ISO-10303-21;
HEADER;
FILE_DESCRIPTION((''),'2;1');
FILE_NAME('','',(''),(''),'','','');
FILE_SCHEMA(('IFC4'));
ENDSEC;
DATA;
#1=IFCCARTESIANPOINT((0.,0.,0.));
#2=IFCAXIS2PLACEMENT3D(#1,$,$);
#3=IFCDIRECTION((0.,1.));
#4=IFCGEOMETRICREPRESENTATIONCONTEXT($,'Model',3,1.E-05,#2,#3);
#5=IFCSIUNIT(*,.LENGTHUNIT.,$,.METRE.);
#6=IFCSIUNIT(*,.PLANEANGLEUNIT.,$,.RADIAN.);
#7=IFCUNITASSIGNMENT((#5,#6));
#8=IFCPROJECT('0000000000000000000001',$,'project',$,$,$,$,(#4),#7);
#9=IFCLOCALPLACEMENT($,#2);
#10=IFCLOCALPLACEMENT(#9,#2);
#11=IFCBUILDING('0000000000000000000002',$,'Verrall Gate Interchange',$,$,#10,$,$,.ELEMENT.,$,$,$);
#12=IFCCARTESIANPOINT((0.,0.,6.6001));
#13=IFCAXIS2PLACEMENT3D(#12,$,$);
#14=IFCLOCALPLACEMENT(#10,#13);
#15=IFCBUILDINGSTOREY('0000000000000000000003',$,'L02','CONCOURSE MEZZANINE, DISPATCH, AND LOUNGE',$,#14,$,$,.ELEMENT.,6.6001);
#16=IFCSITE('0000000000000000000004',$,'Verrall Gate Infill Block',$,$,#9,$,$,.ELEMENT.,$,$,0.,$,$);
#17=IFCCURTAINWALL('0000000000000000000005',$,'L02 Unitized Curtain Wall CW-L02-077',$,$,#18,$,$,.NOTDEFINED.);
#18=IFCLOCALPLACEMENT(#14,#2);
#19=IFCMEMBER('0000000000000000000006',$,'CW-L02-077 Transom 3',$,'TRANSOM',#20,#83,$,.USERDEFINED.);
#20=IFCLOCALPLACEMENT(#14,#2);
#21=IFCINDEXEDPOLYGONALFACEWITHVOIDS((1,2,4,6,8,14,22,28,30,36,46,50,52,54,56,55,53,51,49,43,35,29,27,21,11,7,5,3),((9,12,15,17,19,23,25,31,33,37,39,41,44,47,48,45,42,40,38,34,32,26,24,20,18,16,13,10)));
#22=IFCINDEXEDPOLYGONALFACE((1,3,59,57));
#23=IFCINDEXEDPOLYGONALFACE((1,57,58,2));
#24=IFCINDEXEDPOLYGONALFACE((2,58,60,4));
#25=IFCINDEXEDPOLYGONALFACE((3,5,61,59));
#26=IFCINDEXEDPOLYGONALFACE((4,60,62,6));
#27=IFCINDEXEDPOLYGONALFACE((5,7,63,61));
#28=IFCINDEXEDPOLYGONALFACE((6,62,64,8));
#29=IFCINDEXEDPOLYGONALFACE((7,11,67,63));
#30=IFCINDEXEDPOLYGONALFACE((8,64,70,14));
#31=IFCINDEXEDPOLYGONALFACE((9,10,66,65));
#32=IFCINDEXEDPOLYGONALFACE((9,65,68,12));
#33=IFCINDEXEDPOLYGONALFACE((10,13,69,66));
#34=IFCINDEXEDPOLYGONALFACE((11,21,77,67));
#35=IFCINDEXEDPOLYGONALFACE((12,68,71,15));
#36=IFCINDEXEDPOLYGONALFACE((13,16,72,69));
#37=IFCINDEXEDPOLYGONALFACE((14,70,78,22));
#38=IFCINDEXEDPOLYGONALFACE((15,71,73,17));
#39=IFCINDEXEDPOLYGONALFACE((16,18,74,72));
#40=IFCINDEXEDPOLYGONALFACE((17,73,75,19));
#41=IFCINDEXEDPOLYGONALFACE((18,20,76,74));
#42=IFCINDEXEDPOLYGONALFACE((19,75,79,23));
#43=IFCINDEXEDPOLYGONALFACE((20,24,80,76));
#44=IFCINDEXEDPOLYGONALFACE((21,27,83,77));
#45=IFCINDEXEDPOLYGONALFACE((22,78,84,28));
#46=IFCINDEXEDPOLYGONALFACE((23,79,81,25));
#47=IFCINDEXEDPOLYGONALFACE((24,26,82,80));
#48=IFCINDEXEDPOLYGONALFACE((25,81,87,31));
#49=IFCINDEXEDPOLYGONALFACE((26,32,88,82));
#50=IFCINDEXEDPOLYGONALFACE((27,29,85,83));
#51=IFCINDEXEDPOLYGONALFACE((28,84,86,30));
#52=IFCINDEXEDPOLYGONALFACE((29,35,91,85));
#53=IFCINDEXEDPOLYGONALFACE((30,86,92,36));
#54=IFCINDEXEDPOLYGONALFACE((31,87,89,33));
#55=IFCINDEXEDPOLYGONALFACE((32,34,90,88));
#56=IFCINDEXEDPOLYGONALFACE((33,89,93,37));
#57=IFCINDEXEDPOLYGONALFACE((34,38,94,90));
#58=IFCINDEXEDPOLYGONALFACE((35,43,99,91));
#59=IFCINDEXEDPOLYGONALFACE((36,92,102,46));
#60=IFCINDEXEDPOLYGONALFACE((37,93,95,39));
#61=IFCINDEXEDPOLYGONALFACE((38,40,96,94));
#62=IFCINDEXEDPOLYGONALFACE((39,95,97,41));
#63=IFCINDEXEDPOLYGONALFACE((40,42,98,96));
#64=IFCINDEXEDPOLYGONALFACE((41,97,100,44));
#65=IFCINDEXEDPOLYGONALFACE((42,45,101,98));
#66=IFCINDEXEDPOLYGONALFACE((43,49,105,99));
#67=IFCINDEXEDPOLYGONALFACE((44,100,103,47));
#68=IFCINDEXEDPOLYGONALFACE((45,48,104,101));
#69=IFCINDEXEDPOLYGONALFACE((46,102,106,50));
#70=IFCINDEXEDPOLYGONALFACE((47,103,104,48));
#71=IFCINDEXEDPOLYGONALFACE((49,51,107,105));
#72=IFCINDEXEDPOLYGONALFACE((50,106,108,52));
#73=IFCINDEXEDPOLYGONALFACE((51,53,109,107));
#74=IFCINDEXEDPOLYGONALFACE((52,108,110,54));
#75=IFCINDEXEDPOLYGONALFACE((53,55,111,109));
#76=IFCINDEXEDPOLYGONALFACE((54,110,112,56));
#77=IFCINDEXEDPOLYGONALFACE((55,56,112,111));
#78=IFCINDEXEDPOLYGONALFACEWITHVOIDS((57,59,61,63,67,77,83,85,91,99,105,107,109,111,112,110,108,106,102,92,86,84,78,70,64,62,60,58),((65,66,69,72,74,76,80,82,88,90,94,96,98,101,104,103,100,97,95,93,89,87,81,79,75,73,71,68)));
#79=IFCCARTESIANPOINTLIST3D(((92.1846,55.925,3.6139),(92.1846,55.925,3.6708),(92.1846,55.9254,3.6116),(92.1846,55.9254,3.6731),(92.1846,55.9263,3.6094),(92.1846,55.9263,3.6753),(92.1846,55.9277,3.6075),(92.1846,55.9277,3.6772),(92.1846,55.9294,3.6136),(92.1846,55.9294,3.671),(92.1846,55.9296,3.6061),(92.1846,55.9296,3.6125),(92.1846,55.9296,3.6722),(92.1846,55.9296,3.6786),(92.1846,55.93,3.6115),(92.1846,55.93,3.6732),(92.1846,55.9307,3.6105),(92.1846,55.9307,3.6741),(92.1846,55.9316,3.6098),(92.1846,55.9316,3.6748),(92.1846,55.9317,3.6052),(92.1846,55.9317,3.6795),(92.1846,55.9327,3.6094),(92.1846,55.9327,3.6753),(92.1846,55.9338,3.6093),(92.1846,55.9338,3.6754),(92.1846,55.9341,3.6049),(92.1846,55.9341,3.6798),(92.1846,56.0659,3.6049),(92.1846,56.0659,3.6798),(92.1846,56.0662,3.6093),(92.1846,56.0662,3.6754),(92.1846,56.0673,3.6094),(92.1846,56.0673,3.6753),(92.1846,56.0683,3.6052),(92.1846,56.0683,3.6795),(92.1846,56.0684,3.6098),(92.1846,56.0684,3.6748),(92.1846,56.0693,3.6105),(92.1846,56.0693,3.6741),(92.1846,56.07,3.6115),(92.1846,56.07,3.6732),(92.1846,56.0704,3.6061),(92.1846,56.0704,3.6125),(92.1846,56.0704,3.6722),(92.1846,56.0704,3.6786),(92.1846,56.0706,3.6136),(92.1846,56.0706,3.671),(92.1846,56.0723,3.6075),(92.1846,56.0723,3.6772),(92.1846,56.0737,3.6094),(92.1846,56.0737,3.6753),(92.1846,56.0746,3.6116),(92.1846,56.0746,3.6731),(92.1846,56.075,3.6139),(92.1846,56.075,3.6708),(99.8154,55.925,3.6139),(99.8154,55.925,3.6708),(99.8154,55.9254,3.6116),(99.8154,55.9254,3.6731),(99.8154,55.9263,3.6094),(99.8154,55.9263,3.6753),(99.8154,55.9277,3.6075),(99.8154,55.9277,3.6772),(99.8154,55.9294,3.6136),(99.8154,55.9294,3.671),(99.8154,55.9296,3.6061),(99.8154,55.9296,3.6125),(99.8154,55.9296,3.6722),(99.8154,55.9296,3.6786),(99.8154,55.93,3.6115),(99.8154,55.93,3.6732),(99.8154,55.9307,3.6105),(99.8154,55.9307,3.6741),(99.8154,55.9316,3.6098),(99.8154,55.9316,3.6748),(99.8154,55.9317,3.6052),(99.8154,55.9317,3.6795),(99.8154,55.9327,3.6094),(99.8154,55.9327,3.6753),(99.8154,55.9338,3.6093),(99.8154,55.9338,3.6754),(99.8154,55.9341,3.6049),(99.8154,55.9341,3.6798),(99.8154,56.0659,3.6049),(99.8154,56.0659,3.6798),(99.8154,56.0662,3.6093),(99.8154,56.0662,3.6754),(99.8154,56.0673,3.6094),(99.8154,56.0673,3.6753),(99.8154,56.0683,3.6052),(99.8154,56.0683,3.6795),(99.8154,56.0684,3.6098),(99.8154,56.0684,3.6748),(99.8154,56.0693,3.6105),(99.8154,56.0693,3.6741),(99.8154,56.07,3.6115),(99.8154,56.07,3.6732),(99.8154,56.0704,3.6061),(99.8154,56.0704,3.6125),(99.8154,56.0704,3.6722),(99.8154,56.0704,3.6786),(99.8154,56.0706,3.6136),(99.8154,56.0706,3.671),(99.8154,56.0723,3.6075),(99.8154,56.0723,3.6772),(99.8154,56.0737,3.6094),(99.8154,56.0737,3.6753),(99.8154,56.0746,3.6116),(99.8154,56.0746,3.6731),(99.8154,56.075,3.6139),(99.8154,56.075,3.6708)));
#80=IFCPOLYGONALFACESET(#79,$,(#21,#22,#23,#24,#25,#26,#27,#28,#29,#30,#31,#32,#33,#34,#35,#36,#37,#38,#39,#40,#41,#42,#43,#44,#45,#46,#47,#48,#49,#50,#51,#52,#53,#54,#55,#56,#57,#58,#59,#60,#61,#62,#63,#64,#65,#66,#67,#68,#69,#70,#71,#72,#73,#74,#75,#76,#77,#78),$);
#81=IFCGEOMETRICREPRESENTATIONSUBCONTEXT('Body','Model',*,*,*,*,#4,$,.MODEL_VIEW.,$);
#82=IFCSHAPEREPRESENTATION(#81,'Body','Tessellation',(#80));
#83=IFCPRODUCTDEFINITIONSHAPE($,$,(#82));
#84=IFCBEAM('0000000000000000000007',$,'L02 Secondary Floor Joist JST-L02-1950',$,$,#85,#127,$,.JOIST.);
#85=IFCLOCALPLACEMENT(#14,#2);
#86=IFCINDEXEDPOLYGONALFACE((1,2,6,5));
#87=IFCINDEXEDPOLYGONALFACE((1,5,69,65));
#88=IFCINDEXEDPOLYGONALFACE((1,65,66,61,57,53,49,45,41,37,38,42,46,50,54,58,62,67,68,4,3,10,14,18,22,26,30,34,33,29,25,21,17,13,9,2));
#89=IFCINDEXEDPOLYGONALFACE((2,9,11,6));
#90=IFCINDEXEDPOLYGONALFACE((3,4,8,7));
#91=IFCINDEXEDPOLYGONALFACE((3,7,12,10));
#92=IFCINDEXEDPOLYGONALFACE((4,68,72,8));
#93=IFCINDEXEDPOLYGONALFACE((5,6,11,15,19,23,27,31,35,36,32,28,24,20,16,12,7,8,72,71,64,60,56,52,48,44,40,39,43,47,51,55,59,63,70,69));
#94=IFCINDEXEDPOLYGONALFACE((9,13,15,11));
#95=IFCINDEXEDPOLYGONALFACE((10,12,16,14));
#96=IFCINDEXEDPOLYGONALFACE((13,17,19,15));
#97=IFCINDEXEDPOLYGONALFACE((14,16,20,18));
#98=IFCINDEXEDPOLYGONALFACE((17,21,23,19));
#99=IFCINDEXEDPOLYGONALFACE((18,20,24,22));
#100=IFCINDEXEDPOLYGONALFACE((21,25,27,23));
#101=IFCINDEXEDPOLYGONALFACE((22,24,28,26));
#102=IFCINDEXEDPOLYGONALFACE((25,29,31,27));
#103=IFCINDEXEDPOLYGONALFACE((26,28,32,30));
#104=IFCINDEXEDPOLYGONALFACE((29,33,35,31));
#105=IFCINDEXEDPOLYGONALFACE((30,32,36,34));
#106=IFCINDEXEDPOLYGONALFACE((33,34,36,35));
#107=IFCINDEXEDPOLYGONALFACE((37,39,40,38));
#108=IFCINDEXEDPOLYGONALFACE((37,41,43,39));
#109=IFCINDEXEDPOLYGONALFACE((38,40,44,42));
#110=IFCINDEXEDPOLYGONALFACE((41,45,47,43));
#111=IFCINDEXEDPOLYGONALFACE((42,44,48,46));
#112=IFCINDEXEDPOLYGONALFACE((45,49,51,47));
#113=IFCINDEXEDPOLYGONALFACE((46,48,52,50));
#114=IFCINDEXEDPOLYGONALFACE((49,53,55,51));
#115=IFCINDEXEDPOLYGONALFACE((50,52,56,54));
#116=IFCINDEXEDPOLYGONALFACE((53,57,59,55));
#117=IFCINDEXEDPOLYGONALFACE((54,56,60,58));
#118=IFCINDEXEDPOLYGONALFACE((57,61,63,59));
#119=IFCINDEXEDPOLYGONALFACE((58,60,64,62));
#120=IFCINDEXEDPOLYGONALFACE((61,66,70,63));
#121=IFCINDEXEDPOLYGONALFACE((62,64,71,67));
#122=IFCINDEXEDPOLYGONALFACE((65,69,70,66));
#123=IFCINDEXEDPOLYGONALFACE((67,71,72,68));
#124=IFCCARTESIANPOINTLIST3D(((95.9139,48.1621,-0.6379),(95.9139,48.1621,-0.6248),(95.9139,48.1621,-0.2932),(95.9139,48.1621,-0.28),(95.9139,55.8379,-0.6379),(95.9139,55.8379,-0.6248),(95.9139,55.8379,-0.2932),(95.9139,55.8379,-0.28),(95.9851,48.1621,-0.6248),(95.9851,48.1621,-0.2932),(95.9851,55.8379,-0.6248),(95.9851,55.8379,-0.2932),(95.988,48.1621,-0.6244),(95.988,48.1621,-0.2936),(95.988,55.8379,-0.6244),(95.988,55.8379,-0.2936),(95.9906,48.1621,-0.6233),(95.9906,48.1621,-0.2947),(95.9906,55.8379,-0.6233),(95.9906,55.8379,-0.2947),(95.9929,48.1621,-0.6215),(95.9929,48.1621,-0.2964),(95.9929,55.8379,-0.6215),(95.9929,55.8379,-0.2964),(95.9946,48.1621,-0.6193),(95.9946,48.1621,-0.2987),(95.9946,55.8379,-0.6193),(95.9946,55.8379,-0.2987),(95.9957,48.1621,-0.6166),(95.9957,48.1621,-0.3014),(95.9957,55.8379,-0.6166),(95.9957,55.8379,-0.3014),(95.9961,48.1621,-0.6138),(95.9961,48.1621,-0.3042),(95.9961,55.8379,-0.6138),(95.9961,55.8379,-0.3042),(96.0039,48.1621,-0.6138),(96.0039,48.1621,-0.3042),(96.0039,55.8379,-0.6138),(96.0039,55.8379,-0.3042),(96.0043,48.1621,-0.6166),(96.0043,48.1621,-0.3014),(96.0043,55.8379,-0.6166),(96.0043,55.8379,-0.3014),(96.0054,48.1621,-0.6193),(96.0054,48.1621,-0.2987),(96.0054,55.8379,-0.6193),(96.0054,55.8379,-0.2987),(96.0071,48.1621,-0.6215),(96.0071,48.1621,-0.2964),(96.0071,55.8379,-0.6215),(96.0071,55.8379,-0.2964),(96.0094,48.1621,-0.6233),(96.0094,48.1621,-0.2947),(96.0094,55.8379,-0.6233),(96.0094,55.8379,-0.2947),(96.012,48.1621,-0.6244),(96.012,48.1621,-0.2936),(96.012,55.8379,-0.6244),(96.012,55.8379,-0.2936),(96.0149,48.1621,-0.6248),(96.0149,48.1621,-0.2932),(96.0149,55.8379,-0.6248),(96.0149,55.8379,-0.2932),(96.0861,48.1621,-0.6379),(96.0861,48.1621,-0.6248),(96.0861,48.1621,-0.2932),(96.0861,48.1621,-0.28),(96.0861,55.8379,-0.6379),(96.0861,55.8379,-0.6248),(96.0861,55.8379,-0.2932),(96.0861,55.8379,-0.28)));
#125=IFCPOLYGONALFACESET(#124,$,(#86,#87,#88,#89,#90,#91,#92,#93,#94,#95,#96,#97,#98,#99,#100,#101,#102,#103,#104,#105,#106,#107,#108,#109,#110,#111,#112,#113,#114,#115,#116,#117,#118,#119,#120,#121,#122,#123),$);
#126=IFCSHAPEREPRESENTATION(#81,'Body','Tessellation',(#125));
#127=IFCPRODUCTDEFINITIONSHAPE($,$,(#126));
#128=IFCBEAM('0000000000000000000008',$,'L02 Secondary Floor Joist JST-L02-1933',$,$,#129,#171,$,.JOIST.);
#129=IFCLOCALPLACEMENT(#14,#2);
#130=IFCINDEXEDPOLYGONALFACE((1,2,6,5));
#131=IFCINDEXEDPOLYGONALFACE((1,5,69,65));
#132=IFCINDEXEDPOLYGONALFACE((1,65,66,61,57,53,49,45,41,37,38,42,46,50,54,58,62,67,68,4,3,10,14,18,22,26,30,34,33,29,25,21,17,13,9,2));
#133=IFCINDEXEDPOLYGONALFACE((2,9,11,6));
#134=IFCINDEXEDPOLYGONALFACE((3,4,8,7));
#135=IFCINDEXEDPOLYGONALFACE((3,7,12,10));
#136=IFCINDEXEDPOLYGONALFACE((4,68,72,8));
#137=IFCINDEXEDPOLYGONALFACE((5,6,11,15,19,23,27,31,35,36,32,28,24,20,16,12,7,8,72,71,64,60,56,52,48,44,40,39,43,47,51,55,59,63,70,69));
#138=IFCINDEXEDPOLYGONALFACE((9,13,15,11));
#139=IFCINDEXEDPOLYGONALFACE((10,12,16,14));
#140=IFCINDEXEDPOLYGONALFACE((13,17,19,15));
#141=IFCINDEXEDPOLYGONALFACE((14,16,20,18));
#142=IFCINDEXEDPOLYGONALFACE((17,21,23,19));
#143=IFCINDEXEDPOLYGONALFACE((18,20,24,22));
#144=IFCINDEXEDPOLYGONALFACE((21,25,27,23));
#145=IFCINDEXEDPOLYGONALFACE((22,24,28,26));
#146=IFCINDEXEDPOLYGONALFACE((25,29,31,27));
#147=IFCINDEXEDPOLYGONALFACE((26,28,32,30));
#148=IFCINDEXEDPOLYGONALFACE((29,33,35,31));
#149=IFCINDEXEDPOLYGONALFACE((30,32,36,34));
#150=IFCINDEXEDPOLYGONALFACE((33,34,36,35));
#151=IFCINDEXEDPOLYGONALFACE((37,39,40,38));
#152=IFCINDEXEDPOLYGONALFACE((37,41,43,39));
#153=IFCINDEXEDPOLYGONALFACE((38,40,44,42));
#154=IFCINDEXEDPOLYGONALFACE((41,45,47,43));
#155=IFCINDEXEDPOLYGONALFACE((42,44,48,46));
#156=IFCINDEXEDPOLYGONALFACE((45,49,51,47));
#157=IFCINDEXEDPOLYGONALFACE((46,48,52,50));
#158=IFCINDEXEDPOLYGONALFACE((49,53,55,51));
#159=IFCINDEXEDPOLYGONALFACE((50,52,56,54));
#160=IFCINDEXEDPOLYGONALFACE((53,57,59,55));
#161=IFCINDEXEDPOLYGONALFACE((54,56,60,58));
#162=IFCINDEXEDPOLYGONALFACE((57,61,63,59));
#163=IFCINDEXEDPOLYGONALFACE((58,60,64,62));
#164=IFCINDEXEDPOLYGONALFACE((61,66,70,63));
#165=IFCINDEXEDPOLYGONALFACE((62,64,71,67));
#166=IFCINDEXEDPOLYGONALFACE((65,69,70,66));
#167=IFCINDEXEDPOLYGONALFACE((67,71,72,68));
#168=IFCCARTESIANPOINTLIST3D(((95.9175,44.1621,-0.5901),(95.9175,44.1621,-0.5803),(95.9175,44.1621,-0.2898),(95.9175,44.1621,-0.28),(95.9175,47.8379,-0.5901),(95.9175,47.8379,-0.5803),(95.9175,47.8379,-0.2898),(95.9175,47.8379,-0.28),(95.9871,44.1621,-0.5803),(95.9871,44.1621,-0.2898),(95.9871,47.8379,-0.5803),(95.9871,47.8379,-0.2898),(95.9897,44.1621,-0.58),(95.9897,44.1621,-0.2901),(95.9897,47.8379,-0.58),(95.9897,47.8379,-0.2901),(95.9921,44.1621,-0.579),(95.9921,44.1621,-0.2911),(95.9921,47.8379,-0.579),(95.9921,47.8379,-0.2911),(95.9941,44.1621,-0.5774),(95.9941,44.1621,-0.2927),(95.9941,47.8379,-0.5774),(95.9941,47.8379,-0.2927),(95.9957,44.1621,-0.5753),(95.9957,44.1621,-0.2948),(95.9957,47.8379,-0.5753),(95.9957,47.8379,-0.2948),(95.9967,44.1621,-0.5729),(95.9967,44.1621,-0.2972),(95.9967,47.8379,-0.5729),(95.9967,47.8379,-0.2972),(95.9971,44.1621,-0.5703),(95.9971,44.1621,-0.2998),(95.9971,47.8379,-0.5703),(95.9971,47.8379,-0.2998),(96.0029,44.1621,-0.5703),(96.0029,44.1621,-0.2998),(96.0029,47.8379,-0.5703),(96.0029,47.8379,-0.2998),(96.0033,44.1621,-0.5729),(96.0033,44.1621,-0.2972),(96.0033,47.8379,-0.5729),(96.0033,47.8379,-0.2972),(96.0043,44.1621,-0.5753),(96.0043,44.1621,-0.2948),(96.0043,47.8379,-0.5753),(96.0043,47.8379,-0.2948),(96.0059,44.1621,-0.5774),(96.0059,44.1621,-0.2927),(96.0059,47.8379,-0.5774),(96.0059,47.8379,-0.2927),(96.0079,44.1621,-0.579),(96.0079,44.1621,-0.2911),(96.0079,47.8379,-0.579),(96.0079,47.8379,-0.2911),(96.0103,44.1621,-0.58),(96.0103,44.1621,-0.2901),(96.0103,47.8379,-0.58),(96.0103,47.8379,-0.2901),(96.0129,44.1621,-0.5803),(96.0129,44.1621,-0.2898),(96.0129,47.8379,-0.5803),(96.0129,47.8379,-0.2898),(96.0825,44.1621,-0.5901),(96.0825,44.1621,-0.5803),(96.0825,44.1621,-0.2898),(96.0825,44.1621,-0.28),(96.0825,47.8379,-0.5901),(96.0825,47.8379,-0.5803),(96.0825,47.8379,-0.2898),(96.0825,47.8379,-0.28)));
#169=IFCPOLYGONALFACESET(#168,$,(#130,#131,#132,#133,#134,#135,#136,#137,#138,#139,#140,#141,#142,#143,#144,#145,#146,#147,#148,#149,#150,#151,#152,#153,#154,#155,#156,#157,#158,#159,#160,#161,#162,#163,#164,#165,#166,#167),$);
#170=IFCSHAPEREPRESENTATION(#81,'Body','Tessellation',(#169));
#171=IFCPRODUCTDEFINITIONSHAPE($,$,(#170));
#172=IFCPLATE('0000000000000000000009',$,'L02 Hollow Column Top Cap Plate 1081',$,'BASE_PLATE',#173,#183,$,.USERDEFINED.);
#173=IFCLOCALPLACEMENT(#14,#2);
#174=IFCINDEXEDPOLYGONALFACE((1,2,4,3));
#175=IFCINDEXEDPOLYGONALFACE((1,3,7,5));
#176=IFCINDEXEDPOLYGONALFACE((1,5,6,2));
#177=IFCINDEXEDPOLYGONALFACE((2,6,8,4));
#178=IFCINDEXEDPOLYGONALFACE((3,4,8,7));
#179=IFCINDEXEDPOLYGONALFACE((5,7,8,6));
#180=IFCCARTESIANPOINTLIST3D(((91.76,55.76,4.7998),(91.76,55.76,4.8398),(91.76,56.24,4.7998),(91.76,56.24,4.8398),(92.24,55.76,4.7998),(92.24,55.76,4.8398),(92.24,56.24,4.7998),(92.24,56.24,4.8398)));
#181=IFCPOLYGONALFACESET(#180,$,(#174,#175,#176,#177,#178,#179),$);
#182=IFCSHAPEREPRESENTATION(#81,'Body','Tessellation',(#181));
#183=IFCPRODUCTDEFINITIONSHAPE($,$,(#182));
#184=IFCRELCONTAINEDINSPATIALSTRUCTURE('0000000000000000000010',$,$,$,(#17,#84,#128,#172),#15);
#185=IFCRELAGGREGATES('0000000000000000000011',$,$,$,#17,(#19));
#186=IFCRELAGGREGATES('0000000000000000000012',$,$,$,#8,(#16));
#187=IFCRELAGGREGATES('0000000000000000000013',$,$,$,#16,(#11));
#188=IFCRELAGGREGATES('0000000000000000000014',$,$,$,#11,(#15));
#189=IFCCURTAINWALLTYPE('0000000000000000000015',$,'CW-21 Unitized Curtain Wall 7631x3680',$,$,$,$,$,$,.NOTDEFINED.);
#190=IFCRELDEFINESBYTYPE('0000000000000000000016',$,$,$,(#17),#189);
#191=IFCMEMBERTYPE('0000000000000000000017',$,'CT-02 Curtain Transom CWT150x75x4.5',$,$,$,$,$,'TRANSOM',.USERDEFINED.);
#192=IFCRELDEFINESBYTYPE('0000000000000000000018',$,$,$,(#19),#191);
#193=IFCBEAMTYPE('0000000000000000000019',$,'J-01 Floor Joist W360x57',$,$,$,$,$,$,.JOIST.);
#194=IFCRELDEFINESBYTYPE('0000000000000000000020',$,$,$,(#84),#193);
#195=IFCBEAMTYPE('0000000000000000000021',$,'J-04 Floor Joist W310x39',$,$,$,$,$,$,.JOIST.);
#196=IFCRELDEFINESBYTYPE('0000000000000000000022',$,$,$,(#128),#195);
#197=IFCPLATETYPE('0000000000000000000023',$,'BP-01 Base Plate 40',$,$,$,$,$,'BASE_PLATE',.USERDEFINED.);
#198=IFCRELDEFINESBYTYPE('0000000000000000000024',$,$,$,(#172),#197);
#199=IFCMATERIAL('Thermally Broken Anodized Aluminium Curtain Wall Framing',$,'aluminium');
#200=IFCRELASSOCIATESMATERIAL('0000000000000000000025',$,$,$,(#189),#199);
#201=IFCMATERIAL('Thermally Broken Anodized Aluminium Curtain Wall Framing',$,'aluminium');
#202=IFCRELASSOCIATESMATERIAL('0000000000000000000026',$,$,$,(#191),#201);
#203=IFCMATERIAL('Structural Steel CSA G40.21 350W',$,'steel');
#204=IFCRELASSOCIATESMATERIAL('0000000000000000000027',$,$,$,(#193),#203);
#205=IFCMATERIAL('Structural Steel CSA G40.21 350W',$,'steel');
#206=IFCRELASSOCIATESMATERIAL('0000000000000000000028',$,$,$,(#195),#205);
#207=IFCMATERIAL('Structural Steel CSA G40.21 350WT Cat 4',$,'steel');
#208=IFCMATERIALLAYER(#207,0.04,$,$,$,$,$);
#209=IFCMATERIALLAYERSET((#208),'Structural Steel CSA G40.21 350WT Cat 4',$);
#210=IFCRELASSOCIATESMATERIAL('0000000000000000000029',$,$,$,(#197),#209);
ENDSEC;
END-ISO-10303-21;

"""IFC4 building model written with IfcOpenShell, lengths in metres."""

from ifc_helpers import new_model, si_unit, direction, frame, origin, origin_2d, place, context, subcontext, project, spatial, rectangle, hollow_rectangle, i_section, extrude, material, layer, layer_set, material_profile, profile_set, type_object, element, aggregate, save


model = new_model("IFC4")

# Units and contexts
model_context = context("Model", 3, precision=1e-05, world=origin(), true_north=direction((0.0, 1.0)))
body_context = subcontext(model_context, "Body", "Model", "MODEL_VIEW")
ifc_project = project(units=[si_unit("LENGTHUNIT", "METRE"), si_unit("PLANEANGLEUNIT", "RADIAN")], contexts=[model_context])

# Site, building, storey
site_placement = place(None, origin())
site = spatial("IfcSite", under=ifc_project, at=site_placement, Name="Verrall Gate Infill Block", CompositionType="ELEMENT", RefElevation=0.0)
building_placement = place(site_placement, origin())
building = spatial("IfcBuilding", under=site, at=building_placement, Name="Verrall Gate Interchange", CompositionType="ELEMENT")
storey_placement = place(building_placement, frame((0.0, 0.0, 6.6001)))
storey = spatial("IfcBuildingStorey", under=building, at=storey_placement, Name="L02", Description="CONCOURSE MEZZANINE, DISPATCH, AND LOUNGE", CompositionType="ELEMENT", Elevation=6.6001)

# Shared definitions
ifc_material_1 = material(Name="Thermally Broken Anodized Aluminium Curtain Wall Framing", Category="aluminium")
curtain_wall_type = type_object("IfcCurtainWallType", Name="CW-21 Unitized Curtain Wall 7631x3680", PredefinedType="NOTDEFINED", material=ifc_material_1)

# Curtain wall
curtain_wall_1_placement = place(storey_placement, origin())
curtain_wall_1 = element("IfcCurtainWall", 1, at=curtain_wall_1_placement, inside=storey, type_object=curtain_wall_type, Name="L02 Unitized Curtain Wall CW-L02-077", PredefinedType="NOTDEFINED")

# Member
ifc_material_2 = material(Name="Thermally Broken Anodized Aluminium Curtain Wall Framing", Category="aluminium")
ifc_material_profile_1 = material_profile(ifc_material_2, hollow_rectangle(XDim=0.1499, YDim=0.075, WallThickness=0.0044, InnerFilletRadius=0.0044, OuterFilletRadius=0.009, at=origin_2d()), Name="CWT150x75x4.5")
ifc_profile_set_1 = profile_set([ifc_material_profile_1], Name="Thermally Broken Anodized Aluminium Curtain Wall Framing")
member_type_1 = type_object("IfcMemberType", Name="CT-02 Curtain Transom CWT150x75x4.5", ElementType="TRANSOM", PredefinedType="USERDEFINED", material=ifc_profile_set_1)
member_1_placement = place(storey_placement, frame((99.8154, 56.0, 3.6423), z_axis=(-1.0, 0.0, 0.0), x_axis=(0.0, -1.0, 0.0)))
member_1 = element("IfcMember", 2, at=member_1_placement, type_object=member_type_1, Name="CW-L02-077 Transom 3", ObjectType="TRANSOM", PredefinedType="USERDEFINED", context=body_context, shape_type="SweptSolid", body=[
    extrude(hollow_rectangle(XDim=0.1499, YDim=0.075, WallThickness=0.0044, InnerFilletRadius=0.0044, OuterFilletRadius=0.009, at=origin_2d()), origin(), (0.0, 0.0, 1.0), 7.6309),
])

# Beams
ifc_material_3 = material(Name="Structural Steel CSA G40.21 350W", Category="steel")
ifc_material_profile_2 = material_profile(ifc_material_3, i_section(OverallWidth=0.1721, OverallDepth=0.3579, WebThickness=0.0078, FlangeThickness=0.0132, FilletRadius=0.011, at=origin_2d()), Name="W360x57")
ifc_profile_set_2 = profile_set([ifc_material_profile_2], Name="Structural Steel CSA G40.21 350W")
beam_type_1 = type_object("IfcBeamType", Name="J-01 Floor Joist W360x57", PredefinedType="JOIST", material=ifc_profile_set_2)
beam_1_placement = place(storey_placement, frame((96.0, 48.1621, -0.459), z_axis=(0.0, 1.0, 0.0), x_axis=(-1.0, 0.0, 0.0)))
element("IfcBeam", 3, at=beam_1_placement, inside=storey, type_object=beam_type_1, Name="L02 Secondary Floor Joist JST-L02-1950", PredefinedType="JOIST", context=body_context, shape_type="SweptSolid", body=[
    extrude(i_section(OverallWidth=0.1721, OverallDepth=0.3579, WebThickness=0.0078, FlangeThickness=0.0132, FilletRadius=0.011, at=origin_2d()), origin(), (0.0, 0.0, 1.0), 7.6758),
])
ifc_material_4 = material(Name="Structural Steel CSA G40.21 350W", Category="steel")
ifc_material_profile_3 = material_profile(ifc_material_4, i_section(OverallWidth=0.165, OverallDepth=0.3101, WebThickness=0.0059, FlangeThickness=0.0098, FilletRadius=0.01, at=origin_2d()), Name="W310x39")
ifc_profile_set_3 = profile_set([ifc_material_profile_3], Name="Structural Steel CSA G40.21 350W")
beam_type_2 = type_object("IfcBeamType", Name="J-04 Floor Joist W310x39", PredefinedType="JOIST", material=ifc_profile_set_3)
beam_2_placement = place(storey_placement, frame((96.0, 44.1621, -0.4351), z_axis=(0.0, 1.0, 0.0), x_axis=(-1.0, 0.0, 0.0)))
element("IfcBeam", 4, at=beam_2_placement, inside=storey, type_object=beam_type_2, Name="L02 Secondary Floor Joist JST-L02-1933", PredefinedType="JOIST", context=body_context, shape_type="SweptSolid", body=[
    extrude(i_section(OverallWidth=0.165, OverallDepth=0.3101, WebThickness=0.0059, FlangeThickness=0.0098, FilletRadius=0.01, at=origin_2d()), origin(), (0.0, 0.0, 1.0), 3.6758),
])

# Plate
ifc_material_5 = material(Name="Structural Steel CSA G40.21 350WT Cat 4", Category="steel")
ifc_layer_1 = layer(ifc_material_5, 0.04)
ifc_layer_set_1 = layer_set([ifc_layer_1], Name="Structural Steel CSA G40.21 350WT Cat 4")
plate_type_1 = type_object("IfcPlateType", Name="BP-01 Base Plate 40", ElementType="BASE_PLATE", PredefinedType="USERDEFINED", material=ifc_layer_set_1)
plate_1_placement = place(storey_placement, frame((92.0, 56.0, 4.7998), z_axis=(0.0, 0.0, 1.0), x_axis=(1.0, 0.0, 0.0)))
element("IfcPlate", 5, at=plate_1_placement, inside=storey, type_object=plate_type_1, Name="L02 Hollow Column Top Cap Plate 1081", ObjectType="BASE_PLATE", PredefinedType="USERDEFINED", context=body_context, shape_type="SweptSolid", body=[
    extrude(rectangle(XDim=0.48, YDim=0.48, at=origin_2d()), origin(), (0.0, 0.0, 1.0), 0.04),
])
aggregate(curtain_wall_1, [member_1])

save(model, "model.ifc")
